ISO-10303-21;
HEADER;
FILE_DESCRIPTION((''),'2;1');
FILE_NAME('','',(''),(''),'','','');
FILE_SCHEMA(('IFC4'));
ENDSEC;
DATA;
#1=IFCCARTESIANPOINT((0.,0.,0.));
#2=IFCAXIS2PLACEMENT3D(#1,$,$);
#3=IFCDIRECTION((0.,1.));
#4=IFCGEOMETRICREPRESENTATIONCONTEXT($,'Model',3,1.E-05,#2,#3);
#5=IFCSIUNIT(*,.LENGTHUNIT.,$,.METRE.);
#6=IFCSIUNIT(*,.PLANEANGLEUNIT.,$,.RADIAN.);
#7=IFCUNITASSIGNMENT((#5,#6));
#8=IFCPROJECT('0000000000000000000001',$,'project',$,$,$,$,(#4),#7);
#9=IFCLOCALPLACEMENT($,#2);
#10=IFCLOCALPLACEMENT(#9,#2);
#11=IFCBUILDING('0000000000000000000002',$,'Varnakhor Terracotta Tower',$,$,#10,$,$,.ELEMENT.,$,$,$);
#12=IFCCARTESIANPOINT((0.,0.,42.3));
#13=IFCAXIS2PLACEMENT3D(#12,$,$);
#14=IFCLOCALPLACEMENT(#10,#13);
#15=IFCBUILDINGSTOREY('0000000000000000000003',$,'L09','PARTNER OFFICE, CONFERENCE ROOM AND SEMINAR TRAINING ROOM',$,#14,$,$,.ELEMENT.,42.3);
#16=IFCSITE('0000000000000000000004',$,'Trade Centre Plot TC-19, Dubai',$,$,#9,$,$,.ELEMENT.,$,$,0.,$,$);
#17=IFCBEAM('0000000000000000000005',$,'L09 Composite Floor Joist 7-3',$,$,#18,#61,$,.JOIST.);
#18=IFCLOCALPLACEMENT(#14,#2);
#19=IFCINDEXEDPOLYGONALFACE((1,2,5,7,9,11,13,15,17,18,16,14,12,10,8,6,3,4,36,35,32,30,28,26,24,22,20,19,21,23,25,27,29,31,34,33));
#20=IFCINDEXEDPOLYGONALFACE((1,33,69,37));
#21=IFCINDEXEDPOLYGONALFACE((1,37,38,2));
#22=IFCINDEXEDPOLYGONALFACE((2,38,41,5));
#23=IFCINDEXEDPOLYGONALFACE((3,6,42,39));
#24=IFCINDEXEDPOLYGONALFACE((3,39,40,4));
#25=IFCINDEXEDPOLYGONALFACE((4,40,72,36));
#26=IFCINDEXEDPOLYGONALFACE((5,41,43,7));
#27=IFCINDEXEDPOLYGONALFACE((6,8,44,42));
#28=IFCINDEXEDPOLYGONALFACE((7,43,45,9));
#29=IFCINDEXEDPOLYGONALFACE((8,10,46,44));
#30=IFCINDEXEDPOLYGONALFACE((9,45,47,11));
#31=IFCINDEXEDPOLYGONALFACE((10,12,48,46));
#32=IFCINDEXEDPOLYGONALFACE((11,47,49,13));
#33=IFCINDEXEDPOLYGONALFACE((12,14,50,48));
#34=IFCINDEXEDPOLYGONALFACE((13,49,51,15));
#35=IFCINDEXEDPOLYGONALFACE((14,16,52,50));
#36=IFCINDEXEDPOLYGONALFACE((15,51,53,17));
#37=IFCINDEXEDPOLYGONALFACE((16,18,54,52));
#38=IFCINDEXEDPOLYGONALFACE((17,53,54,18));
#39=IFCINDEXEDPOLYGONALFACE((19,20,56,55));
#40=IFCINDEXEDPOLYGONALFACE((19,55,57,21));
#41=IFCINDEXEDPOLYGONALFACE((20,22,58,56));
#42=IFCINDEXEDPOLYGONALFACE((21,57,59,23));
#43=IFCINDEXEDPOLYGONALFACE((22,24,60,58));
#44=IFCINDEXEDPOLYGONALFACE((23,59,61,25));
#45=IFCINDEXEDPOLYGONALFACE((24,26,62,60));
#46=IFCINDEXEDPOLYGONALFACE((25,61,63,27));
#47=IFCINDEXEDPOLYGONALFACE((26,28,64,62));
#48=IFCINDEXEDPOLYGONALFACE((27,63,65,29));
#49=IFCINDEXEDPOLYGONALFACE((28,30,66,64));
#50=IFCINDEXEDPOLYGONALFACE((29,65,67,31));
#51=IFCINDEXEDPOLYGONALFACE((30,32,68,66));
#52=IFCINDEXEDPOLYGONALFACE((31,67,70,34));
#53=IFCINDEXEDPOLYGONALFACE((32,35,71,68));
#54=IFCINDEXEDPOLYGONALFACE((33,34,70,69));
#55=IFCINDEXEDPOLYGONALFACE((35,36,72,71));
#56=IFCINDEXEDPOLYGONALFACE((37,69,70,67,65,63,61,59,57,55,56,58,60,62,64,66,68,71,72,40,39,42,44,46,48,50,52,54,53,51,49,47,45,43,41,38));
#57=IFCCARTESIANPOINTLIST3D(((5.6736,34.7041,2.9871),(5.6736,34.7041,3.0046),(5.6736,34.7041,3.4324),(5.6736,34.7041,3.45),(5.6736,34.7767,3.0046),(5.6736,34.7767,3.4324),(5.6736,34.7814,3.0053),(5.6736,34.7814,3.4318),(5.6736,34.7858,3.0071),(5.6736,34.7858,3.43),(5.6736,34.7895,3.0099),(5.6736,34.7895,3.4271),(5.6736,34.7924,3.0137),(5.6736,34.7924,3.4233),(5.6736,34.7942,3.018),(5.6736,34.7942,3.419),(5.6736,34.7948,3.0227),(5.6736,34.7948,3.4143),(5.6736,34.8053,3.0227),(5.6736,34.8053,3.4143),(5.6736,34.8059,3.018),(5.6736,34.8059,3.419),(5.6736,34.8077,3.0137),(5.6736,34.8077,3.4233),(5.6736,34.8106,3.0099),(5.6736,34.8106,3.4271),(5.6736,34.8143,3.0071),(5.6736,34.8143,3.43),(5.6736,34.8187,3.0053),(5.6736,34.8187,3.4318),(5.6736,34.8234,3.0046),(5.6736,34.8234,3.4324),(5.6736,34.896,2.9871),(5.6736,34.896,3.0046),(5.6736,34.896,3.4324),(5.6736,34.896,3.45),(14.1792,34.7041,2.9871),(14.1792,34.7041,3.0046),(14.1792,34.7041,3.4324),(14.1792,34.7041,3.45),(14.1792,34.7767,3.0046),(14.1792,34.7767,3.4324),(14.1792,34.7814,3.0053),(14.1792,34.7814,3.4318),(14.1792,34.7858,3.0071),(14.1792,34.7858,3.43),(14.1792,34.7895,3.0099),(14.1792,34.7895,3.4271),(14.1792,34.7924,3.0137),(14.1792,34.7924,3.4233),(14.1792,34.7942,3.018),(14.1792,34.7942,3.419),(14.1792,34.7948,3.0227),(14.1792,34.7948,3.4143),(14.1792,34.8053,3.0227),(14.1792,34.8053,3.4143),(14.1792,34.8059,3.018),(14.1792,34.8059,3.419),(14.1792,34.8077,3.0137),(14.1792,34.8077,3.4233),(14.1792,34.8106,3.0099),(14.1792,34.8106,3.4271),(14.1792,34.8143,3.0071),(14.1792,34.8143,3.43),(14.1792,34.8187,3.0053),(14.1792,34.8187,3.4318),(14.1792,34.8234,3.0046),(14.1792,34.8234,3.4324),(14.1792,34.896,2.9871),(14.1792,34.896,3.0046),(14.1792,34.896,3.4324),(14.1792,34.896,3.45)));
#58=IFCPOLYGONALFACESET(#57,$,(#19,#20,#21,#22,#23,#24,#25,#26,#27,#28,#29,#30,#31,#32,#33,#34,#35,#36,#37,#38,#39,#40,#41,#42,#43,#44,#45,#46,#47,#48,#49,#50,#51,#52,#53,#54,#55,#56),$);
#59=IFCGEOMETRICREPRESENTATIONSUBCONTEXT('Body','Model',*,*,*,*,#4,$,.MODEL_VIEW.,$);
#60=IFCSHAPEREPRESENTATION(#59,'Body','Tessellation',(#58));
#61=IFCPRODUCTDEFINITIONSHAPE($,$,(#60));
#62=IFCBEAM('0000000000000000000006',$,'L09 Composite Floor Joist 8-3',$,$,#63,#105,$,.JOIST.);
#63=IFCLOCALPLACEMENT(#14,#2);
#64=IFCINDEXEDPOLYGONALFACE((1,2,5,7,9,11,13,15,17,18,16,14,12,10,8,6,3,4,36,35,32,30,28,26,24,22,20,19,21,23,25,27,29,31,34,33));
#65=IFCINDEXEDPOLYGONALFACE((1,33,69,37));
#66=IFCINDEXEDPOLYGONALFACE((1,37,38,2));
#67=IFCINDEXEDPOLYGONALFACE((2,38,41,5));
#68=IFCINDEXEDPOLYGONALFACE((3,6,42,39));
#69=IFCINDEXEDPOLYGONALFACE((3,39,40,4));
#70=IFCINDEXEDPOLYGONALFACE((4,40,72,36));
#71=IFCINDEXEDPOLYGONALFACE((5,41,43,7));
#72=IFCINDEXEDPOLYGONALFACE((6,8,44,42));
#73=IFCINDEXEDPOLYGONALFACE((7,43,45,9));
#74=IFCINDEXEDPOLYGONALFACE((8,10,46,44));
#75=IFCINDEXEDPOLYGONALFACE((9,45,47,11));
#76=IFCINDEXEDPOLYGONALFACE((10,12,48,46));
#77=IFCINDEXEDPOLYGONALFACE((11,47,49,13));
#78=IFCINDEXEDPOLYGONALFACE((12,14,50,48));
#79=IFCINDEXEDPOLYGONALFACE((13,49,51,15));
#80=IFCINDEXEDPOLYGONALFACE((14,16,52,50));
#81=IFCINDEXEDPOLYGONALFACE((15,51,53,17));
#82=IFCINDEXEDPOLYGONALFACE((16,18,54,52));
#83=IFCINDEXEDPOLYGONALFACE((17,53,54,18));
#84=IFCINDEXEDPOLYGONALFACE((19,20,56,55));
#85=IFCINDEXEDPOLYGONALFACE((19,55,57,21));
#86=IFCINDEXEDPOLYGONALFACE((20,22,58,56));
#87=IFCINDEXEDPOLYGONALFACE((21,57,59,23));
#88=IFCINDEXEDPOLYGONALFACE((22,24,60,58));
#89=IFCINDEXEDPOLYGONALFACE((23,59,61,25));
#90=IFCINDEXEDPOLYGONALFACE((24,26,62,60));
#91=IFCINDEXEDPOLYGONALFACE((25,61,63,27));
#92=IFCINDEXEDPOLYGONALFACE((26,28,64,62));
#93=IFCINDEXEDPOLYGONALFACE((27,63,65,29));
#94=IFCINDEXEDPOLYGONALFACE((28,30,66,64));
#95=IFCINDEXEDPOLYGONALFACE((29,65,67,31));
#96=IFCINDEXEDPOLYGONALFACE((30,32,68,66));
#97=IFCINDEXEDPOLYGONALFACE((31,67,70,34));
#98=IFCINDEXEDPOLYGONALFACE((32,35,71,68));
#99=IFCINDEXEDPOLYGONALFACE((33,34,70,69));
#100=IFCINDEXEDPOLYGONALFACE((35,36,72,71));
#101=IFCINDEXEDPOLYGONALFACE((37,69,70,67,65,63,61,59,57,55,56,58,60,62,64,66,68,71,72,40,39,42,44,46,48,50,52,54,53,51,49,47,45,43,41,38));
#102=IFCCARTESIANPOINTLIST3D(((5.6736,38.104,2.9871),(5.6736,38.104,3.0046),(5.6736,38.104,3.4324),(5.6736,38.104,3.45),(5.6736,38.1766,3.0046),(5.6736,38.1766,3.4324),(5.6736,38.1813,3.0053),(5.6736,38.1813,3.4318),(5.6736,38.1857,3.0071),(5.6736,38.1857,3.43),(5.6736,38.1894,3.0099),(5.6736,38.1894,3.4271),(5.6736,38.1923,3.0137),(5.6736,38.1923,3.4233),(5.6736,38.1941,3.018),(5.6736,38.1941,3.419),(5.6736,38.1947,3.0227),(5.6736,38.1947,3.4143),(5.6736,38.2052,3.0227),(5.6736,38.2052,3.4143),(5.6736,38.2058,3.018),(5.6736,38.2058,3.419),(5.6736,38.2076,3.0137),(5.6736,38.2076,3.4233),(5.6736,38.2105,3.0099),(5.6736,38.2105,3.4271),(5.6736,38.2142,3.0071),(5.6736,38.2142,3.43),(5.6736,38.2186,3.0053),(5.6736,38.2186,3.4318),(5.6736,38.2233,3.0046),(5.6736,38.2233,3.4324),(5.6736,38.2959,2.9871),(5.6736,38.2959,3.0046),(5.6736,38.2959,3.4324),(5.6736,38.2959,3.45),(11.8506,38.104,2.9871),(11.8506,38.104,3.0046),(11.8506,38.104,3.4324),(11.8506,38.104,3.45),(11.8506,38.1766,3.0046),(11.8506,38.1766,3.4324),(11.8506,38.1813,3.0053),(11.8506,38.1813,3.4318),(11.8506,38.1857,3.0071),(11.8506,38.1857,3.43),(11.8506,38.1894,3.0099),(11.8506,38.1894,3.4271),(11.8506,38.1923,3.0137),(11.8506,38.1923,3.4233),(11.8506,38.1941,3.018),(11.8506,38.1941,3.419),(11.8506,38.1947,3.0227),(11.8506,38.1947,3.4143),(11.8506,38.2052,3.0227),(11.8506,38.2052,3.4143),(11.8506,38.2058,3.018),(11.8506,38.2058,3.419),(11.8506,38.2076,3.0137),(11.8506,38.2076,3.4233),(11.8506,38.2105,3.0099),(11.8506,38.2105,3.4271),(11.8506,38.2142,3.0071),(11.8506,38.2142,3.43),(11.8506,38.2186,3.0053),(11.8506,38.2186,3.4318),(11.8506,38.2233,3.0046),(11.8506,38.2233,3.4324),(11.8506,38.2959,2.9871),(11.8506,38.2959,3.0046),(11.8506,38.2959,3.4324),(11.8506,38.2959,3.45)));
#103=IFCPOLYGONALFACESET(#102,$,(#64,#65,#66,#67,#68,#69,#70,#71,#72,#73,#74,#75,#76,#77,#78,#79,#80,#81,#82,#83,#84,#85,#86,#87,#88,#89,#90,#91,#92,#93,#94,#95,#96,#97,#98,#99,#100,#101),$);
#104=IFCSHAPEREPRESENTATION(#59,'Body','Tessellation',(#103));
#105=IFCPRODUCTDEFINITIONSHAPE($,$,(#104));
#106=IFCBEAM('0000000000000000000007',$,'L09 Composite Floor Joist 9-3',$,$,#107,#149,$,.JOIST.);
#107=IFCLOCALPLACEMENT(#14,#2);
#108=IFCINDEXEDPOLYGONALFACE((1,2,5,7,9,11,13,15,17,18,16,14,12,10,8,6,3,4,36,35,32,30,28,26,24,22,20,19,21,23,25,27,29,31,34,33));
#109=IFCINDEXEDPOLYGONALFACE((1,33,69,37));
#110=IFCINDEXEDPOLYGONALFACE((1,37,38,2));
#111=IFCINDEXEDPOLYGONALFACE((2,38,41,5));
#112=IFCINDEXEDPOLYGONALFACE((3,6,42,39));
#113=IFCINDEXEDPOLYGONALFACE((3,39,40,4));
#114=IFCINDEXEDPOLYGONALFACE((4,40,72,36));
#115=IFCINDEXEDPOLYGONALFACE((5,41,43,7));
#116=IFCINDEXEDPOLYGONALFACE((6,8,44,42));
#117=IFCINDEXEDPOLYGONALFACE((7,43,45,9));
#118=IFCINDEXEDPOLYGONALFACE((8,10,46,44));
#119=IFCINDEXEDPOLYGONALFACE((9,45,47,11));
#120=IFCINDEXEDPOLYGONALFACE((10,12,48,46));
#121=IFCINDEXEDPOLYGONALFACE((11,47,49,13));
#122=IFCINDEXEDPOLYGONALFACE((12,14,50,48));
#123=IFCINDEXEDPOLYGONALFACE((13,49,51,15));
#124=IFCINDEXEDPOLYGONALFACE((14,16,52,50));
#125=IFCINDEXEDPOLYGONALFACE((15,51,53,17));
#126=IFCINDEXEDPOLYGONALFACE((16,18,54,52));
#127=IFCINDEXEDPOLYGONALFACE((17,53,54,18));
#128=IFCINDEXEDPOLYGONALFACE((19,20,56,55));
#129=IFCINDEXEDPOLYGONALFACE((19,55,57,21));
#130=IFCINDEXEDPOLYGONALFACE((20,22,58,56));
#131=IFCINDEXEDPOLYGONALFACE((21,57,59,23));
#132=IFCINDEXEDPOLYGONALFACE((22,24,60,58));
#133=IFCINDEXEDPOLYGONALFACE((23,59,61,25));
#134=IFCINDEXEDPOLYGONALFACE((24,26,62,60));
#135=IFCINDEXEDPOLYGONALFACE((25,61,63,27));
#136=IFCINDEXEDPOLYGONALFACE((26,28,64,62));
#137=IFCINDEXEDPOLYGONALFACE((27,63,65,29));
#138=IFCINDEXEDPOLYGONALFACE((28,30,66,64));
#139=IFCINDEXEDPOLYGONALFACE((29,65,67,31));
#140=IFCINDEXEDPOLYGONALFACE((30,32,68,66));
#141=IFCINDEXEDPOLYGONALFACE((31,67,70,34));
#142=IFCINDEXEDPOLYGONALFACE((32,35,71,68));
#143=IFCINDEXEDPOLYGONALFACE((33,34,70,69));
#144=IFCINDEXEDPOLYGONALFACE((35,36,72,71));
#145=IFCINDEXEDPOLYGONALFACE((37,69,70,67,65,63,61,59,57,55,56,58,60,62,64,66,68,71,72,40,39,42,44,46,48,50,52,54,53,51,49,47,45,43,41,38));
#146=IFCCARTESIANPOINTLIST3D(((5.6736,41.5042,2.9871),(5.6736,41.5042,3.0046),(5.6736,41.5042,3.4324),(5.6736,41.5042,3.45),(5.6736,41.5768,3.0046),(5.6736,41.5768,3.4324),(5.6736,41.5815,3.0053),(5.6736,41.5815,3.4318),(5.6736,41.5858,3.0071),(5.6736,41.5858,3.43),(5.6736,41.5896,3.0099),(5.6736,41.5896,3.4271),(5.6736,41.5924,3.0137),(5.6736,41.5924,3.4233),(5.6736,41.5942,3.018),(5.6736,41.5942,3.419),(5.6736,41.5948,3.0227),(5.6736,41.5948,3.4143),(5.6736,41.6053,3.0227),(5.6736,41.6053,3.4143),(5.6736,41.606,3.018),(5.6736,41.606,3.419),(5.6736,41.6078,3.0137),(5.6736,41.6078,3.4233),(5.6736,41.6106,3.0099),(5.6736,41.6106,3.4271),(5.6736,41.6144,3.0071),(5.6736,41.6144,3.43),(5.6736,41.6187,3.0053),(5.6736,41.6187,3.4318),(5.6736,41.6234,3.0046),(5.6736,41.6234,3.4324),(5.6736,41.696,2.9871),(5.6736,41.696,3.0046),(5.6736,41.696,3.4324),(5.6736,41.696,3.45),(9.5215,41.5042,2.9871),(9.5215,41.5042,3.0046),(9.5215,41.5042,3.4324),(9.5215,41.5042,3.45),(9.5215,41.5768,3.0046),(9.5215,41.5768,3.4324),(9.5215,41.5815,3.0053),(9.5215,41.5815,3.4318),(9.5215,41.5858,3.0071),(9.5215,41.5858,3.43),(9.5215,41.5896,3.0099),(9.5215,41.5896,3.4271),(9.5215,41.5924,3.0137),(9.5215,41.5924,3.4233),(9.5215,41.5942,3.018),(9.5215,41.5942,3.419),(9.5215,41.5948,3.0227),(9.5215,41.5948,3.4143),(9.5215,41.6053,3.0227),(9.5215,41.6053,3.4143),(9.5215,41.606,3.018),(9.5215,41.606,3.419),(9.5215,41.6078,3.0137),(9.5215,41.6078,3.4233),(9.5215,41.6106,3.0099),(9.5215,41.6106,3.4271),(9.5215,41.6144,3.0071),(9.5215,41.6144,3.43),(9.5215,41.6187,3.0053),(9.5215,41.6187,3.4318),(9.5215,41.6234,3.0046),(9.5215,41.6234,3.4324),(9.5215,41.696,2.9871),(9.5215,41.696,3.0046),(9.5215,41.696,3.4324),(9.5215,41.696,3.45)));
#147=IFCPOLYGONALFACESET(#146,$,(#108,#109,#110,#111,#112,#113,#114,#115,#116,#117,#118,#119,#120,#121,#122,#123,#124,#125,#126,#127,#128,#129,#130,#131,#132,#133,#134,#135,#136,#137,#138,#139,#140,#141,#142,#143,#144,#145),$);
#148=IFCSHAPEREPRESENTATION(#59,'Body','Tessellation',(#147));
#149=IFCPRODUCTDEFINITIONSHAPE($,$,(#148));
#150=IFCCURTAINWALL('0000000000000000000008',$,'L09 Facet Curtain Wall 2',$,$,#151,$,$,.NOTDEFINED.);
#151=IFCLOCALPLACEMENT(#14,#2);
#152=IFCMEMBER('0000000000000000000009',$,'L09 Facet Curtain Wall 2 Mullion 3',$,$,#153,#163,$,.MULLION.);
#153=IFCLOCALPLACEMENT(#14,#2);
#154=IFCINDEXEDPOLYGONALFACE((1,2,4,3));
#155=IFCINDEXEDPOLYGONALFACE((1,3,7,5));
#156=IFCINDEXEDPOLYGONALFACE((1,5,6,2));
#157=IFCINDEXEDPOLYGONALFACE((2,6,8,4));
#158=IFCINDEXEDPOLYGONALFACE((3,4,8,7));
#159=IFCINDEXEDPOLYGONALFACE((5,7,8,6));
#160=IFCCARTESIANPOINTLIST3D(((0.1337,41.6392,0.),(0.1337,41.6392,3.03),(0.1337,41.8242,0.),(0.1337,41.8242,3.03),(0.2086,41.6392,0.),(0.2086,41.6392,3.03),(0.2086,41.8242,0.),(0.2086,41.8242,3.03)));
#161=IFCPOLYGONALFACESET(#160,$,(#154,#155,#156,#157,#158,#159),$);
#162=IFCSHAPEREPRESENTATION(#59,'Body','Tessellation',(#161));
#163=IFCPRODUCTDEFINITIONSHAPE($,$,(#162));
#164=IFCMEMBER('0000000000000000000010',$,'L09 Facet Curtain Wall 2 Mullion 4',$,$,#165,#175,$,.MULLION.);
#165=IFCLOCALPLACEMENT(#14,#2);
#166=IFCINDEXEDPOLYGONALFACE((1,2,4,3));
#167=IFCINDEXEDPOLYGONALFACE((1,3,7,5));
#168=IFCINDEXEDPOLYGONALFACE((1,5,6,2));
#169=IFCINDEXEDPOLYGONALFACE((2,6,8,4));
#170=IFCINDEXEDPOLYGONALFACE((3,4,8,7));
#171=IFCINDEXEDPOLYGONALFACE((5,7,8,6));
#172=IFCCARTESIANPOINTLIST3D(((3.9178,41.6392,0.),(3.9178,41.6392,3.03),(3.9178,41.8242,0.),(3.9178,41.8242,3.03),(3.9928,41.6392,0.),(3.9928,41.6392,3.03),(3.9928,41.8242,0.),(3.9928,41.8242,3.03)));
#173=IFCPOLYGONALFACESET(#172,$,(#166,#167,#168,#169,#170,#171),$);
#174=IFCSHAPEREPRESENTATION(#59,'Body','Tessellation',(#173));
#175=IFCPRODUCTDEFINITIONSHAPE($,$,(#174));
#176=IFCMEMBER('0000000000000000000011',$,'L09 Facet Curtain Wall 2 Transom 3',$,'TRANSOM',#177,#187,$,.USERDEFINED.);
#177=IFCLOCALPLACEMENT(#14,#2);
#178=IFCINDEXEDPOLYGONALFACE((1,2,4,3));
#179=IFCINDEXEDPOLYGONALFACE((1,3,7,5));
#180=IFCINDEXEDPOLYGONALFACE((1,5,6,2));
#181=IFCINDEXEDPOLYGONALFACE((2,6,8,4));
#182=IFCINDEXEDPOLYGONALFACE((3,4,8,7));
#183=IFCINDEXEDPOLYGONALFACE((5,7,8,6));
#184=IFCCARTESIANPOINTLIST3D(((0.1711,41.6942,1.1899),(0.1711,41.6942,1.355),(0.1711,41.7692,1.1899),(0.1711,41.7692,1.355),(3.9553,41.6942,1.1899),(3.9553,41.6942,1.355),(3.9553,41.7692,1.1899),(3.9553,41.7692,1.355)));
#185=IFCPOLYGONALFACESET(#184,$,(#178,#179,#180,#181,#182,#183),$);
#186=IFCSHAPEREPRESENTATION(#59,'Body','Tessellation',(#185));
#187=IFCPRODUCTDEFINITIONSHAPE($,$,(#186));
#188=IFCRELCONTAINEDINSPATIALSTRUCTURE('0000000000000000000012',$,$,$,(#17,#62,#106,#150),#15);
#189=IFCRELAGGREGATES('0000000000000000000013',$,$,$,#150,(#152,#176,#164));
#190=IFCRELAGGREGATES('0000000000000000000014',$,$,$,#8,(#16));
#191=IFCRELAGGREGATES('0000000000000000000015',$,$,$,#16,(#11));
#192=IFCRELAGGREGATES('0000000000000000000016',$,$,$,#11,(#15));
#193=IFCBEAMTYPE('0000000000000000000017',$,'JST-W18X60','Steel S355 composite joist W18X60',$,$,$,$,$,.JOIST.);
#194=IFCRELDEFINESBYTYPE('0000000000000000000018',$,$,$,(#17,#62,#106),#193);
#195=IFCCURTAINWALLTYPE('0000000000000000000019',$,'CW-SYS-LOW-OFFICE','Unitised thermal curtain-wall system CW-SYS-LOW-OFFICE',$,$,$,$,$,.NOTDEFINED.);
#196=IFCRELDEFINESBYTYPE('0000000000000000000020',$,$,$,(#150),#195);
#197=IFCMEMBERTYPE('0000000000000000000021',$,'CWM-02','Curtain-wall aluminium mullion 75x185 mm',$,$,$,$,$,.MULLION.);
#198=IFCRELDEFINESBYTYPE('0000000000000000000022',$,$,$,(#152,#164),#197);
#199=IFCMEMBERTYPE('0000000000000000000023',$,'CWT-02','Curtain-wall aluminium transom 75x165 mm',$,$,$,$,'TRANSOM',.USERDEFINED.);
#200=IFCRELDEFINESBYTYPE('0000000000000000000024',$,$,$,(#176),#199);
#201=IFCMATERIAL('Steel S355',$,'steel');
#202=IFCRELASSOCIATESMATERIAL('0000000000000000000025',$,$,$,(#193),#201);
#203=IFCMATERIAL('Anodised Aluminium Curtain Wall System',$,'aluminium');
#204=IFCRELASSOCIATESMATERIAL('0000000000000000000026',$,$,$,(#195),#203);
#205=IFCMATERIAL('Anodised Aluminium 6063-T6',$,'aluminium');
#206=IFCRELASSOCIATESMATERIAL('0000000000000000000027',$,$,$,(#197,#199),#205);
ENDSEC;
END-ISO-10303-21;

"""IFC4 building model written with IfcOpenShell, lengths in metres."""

from ifc_helpers import new_model, si_unit, direction, frame, origin, origin_2d, place, context, subcontext, project, spatial, rectangle, i_section, extrude, source, transform, mapped, material, material_profile, profile_set, type_object, type_shapes, element, aggregate, save


model = new_model("IFC4")

# Units and contexts
model_context = context("Model", 3, precision=1e-05, world=origin(), true_north=direction((0.0, 1.0)))
body_context = subcontext(model_context, "Body", "Model", "MODEL_VIEW")
ifc_project = project(units=[si_unit("LENGTHUNIT", "METRE"), si_unit("PLANEANGLEUNIT", "RADIAN")], contexts=[model_context])

# Site, building, storey
site_placement = place(None, origin())
site = spatial("IfcSite", under=ifc_project, at=site_placement, Name="Trade Centre Plot TC-19, Dubai", CompositionType="ELEMENT", RefElevation=0.0)
building_placement = place(site_placement, origin())
building = spatial("IfcBuilding", under=site, at=building_placement, Name="Varnakhor Terracotta Tower", CompositionType="ELEMENT")
storey_placement = place(building_placement, frame((0.0, 0.0, 42.3)))
storey = spatial("IfcBuildingStorey", under=building, at=storey_placement, Name="L09", Description="PARTNER OFFICE, CONFERENCE ROOM AND SEMINAR TRAINING ROOM", CompositionType="ELEMENT", Elevation=42.3)

# Beams
ifc_material_1 = material(Name="Steel S355", Category="steel")
ifc_material_profile_1 = material_profile(ifc_material_1, i_section(OverallWidth=0.1919, OverallDepth=0.4629, WebThickness=0.0105, FlangeThickness=0.0176, FilletRadius=0.0181, at=origin_2d()), Name="W18X60")
ifc_profile_set_1 = profile_set([ifc_material_profile_1], Name="Steel S355")
beam_type_1 = type_object("IfcBeamType", Name="JST-W18X60", Description="Steel S355 composite joist W18X60", PredefinedType="JOIST", material=ifc_profile_set_1)
shared_shape_1 = source(origin(), body_context, "Body", "SweptSolid", [
    extrude(i_section(OverallWidth=0.1919, OverallDepth=0.4629, WebThickness=0.0105, FlangeThickness=0.0176, FilletRadius=0.0181, at=origin_2d()), origin(), (0.0, 0.0, 1.0), 8.5056),
])
beam_1_placement = place(storey_placement, frame((5.6736, 34.8, 3.2185), z_axis=(1.0, 0.0, 0.0), x_axis=(0.0, 1.0, 0.0)))
element("IfcBeam", 1, at=beam_1_placement, inside=storey, type_object=beam_type_1, Name="L09 Composite Floor Joist 7-3", PredefinedType="JOIST", context=body_context, shape_type="MappedRepresentation", body=[
    mapped(shared_shape_1, transform((0.0, 0.0, 0.0), scale=1.0)),
])
shared_shape_2 = source(origin(), body_context, "Body", "SweptSolid", [
    extrude(i_section(OverallWidth=0.1919, OverallDepth=0.4629, WebThickness=0.0105, FlangeThickness=0.0176, FilletRadius=0.0181, at=origin_2d()), origin(), (0.0, 0.0, 1.0), 6.177),
])
beam_2_placement = place(storey_placement, frame((5.6736, 38.2, 3.2185), z_axis=(1.0, 0.0, 0.0), x_axis=(0.0, 1.0, 0.0)))
element("IfcBeam", 2, at=beam_2_placement, inside=storey, type_object=beam_type_1, Name="L09 Composite Floor Joist 8-3", PredefinedType="JOIST", context=body_context, shape_type="MappedRepresentation", body=[
    mapped(shared_shape_2, transform((0.0, 0.0, 0.0), scale=1.0)),
])
shared_shape_3 = source(origin(), body_context, "Body", "SweptSolid", [
    extrude(i_section(OverallWidth=0.1919, OverallDepth=0.4629, WebThickness=0.0105, FlangeThickness=0.0176, FilletRadius=0.0181, at=origin_2d()), origin(), (0.0, 0.0, 1.0), 3.8479),
])
beam_3_placement = place(storey_placement, frame((5.6736, 41.6001, 3.2185), z_axis=(1.0, 0.0, 0.0), x_axis=(0.0, 1.0, 0.0)))
element("IfcBeam", 3, at=beam_3_placement, inside=storey, type_object=beam_type_1, Name="L09 Composite Floor Joist 9-3", PredefinedType="JOIST", context=body_context, shape_type="MappedRepresentation", body=[
    mapped(shared_shape_3, transform((0.0, 0.0, 0.0), scale=1.0)),
])

# Curtain wall, members
ifc_material_2 = material(Name="Anodised Aluminium Curtain Wall System", Category="aluminium")
curtain_wall_type = type_object("IfcCurtainWallType", Name="CW-SYS-LOW-OFFICE", Description="Unitised thermal curtain-wall system CW-SYS-LOW-OFFICE", PredefinedType="NOTDEFINED", material=ifc_material_2)
curtain_wall_placement = place(storey_placement, origin())
curtain_wall = element("IfcCurtainWall", 4, at=curtain_wall_placement, inside=storey, type_object=curtain_wall_type, Name="L09 Facet Curtain Wall 2", PredefinedType="NOTDEFINED")
ifc_material_3 = material(Name="Anodised Aluminium 6063-T6", Category="aluminium")
ifc_material_profile_2 = material_profile(ifc_material_3, rectangle(XDim=0.075, YDim=0.1851, at=origin_2d()), Name="ALU MULLION 75x185")
ifc_profile_set_2 = profile_set([ifc_material_profile_2], Name="Anodised Aluminium 6063-T6")
member_type_1 = type_object("IfcMemberType", Name="CWM-02", Description="Curtain-wall aluminium mullion 75x185 mm", PredefinedType="MULLION", material=ifc_profile_set_2)
shared_shape_4 = source(origin(), body_context, "Body", "SweptSolid", [
    extrude(rectangle(XDim=0.075, YDim=0.1851, at=origin_2d()), origin(), (0.0, 0.0, 1.0), 3.03),
])
type_shapes(member_type_1, [shared_shape_4])
member_1_placement = place(storey_placement, frame((0.1711, 41.7317, 0.0), z_axis=(0.0, 0.0, 1.0), x_axis=(1.0, 0.0, 0.0)))
member_1 = element("IfcMember", 5, at=member_1_placement, type_object=member_type_1, Name="L09 Facet Curtain Wall 2 Mullion 3", PredefinedType="MULLION", context=body_context, shape_type="MappedRepresentation", body=[
    mapped(shared_shape_4, transform((0.0, 0.0, 0.0), scale=1.0)),
])
member_2_placement = place(storey_placement, frame((3.9553, 41.7317, 0.0), z_axis=(0.0, 0.0, 1.0), x_axis=(1.0, 0.0, 0.0)))
member_2 = element("IfcMember", 6, at=member_2_placement, type_object=member_type_1, Name="L09 Facet Curtain Wall 2 Mullion 4", PredefinedType="MULLION", context=body_context, shape_type="MappedRepresentation", body=[
    mapped(shared_shape_4, transform((0.0, 0.0, 0.0), scale=1.0)),
])
ifc_material_profile_3 = material_profile(ifc_material_3, rectangle(XDim=0.075, YDim=0.165, at=origin_2d()), Name="ALU TRANSOM 75x165")
ifc_profile_set_3 = profile_set([ifc_material_profile_3], Name="Anodised Aluminium 6063-T6")
member_type_2 = type_object("IfcMemberType", Name="CWT-02", Description="Curtain-wall aluminium transom 75x165 mm", ElementType="TRANSOM", PredefinedType="USERDEFINED", material=ifc_profile_set_3)
shared_shape_5 = source(origin(), body_context, "Body", "SweptSolid", [
    extrude(rectangle(XDim=0.075, YDim=0.165, at=origin_2d()), origin(), (0.0, 0.0, 1.0), 3.7842),
])
member_3_placement = place(storey_placement, frame((0.1711, 41.7317, 1.2725), z_axis=(1.0, 0.0, 0.0), x_axis=(0.0, 1.0, 0.0)))
member_3 = element("IfcMember", 7, at=member_3_placement, type_object=member_type_2, Name="L09 Facet Curtain Wall 2 Transom 3", ObjectType="TRANSOM", PredefinedType="USERDEFINED", context=body_context, shape_type="MappedRepresentation", body=[
    mapped(shared_shape_5, transform((0.0, 0.0, 0.0), scale=1.0)),
])
aggregate(curtain_wall, [member_1, member_3, member_2])

save(model, "model.ifc")
